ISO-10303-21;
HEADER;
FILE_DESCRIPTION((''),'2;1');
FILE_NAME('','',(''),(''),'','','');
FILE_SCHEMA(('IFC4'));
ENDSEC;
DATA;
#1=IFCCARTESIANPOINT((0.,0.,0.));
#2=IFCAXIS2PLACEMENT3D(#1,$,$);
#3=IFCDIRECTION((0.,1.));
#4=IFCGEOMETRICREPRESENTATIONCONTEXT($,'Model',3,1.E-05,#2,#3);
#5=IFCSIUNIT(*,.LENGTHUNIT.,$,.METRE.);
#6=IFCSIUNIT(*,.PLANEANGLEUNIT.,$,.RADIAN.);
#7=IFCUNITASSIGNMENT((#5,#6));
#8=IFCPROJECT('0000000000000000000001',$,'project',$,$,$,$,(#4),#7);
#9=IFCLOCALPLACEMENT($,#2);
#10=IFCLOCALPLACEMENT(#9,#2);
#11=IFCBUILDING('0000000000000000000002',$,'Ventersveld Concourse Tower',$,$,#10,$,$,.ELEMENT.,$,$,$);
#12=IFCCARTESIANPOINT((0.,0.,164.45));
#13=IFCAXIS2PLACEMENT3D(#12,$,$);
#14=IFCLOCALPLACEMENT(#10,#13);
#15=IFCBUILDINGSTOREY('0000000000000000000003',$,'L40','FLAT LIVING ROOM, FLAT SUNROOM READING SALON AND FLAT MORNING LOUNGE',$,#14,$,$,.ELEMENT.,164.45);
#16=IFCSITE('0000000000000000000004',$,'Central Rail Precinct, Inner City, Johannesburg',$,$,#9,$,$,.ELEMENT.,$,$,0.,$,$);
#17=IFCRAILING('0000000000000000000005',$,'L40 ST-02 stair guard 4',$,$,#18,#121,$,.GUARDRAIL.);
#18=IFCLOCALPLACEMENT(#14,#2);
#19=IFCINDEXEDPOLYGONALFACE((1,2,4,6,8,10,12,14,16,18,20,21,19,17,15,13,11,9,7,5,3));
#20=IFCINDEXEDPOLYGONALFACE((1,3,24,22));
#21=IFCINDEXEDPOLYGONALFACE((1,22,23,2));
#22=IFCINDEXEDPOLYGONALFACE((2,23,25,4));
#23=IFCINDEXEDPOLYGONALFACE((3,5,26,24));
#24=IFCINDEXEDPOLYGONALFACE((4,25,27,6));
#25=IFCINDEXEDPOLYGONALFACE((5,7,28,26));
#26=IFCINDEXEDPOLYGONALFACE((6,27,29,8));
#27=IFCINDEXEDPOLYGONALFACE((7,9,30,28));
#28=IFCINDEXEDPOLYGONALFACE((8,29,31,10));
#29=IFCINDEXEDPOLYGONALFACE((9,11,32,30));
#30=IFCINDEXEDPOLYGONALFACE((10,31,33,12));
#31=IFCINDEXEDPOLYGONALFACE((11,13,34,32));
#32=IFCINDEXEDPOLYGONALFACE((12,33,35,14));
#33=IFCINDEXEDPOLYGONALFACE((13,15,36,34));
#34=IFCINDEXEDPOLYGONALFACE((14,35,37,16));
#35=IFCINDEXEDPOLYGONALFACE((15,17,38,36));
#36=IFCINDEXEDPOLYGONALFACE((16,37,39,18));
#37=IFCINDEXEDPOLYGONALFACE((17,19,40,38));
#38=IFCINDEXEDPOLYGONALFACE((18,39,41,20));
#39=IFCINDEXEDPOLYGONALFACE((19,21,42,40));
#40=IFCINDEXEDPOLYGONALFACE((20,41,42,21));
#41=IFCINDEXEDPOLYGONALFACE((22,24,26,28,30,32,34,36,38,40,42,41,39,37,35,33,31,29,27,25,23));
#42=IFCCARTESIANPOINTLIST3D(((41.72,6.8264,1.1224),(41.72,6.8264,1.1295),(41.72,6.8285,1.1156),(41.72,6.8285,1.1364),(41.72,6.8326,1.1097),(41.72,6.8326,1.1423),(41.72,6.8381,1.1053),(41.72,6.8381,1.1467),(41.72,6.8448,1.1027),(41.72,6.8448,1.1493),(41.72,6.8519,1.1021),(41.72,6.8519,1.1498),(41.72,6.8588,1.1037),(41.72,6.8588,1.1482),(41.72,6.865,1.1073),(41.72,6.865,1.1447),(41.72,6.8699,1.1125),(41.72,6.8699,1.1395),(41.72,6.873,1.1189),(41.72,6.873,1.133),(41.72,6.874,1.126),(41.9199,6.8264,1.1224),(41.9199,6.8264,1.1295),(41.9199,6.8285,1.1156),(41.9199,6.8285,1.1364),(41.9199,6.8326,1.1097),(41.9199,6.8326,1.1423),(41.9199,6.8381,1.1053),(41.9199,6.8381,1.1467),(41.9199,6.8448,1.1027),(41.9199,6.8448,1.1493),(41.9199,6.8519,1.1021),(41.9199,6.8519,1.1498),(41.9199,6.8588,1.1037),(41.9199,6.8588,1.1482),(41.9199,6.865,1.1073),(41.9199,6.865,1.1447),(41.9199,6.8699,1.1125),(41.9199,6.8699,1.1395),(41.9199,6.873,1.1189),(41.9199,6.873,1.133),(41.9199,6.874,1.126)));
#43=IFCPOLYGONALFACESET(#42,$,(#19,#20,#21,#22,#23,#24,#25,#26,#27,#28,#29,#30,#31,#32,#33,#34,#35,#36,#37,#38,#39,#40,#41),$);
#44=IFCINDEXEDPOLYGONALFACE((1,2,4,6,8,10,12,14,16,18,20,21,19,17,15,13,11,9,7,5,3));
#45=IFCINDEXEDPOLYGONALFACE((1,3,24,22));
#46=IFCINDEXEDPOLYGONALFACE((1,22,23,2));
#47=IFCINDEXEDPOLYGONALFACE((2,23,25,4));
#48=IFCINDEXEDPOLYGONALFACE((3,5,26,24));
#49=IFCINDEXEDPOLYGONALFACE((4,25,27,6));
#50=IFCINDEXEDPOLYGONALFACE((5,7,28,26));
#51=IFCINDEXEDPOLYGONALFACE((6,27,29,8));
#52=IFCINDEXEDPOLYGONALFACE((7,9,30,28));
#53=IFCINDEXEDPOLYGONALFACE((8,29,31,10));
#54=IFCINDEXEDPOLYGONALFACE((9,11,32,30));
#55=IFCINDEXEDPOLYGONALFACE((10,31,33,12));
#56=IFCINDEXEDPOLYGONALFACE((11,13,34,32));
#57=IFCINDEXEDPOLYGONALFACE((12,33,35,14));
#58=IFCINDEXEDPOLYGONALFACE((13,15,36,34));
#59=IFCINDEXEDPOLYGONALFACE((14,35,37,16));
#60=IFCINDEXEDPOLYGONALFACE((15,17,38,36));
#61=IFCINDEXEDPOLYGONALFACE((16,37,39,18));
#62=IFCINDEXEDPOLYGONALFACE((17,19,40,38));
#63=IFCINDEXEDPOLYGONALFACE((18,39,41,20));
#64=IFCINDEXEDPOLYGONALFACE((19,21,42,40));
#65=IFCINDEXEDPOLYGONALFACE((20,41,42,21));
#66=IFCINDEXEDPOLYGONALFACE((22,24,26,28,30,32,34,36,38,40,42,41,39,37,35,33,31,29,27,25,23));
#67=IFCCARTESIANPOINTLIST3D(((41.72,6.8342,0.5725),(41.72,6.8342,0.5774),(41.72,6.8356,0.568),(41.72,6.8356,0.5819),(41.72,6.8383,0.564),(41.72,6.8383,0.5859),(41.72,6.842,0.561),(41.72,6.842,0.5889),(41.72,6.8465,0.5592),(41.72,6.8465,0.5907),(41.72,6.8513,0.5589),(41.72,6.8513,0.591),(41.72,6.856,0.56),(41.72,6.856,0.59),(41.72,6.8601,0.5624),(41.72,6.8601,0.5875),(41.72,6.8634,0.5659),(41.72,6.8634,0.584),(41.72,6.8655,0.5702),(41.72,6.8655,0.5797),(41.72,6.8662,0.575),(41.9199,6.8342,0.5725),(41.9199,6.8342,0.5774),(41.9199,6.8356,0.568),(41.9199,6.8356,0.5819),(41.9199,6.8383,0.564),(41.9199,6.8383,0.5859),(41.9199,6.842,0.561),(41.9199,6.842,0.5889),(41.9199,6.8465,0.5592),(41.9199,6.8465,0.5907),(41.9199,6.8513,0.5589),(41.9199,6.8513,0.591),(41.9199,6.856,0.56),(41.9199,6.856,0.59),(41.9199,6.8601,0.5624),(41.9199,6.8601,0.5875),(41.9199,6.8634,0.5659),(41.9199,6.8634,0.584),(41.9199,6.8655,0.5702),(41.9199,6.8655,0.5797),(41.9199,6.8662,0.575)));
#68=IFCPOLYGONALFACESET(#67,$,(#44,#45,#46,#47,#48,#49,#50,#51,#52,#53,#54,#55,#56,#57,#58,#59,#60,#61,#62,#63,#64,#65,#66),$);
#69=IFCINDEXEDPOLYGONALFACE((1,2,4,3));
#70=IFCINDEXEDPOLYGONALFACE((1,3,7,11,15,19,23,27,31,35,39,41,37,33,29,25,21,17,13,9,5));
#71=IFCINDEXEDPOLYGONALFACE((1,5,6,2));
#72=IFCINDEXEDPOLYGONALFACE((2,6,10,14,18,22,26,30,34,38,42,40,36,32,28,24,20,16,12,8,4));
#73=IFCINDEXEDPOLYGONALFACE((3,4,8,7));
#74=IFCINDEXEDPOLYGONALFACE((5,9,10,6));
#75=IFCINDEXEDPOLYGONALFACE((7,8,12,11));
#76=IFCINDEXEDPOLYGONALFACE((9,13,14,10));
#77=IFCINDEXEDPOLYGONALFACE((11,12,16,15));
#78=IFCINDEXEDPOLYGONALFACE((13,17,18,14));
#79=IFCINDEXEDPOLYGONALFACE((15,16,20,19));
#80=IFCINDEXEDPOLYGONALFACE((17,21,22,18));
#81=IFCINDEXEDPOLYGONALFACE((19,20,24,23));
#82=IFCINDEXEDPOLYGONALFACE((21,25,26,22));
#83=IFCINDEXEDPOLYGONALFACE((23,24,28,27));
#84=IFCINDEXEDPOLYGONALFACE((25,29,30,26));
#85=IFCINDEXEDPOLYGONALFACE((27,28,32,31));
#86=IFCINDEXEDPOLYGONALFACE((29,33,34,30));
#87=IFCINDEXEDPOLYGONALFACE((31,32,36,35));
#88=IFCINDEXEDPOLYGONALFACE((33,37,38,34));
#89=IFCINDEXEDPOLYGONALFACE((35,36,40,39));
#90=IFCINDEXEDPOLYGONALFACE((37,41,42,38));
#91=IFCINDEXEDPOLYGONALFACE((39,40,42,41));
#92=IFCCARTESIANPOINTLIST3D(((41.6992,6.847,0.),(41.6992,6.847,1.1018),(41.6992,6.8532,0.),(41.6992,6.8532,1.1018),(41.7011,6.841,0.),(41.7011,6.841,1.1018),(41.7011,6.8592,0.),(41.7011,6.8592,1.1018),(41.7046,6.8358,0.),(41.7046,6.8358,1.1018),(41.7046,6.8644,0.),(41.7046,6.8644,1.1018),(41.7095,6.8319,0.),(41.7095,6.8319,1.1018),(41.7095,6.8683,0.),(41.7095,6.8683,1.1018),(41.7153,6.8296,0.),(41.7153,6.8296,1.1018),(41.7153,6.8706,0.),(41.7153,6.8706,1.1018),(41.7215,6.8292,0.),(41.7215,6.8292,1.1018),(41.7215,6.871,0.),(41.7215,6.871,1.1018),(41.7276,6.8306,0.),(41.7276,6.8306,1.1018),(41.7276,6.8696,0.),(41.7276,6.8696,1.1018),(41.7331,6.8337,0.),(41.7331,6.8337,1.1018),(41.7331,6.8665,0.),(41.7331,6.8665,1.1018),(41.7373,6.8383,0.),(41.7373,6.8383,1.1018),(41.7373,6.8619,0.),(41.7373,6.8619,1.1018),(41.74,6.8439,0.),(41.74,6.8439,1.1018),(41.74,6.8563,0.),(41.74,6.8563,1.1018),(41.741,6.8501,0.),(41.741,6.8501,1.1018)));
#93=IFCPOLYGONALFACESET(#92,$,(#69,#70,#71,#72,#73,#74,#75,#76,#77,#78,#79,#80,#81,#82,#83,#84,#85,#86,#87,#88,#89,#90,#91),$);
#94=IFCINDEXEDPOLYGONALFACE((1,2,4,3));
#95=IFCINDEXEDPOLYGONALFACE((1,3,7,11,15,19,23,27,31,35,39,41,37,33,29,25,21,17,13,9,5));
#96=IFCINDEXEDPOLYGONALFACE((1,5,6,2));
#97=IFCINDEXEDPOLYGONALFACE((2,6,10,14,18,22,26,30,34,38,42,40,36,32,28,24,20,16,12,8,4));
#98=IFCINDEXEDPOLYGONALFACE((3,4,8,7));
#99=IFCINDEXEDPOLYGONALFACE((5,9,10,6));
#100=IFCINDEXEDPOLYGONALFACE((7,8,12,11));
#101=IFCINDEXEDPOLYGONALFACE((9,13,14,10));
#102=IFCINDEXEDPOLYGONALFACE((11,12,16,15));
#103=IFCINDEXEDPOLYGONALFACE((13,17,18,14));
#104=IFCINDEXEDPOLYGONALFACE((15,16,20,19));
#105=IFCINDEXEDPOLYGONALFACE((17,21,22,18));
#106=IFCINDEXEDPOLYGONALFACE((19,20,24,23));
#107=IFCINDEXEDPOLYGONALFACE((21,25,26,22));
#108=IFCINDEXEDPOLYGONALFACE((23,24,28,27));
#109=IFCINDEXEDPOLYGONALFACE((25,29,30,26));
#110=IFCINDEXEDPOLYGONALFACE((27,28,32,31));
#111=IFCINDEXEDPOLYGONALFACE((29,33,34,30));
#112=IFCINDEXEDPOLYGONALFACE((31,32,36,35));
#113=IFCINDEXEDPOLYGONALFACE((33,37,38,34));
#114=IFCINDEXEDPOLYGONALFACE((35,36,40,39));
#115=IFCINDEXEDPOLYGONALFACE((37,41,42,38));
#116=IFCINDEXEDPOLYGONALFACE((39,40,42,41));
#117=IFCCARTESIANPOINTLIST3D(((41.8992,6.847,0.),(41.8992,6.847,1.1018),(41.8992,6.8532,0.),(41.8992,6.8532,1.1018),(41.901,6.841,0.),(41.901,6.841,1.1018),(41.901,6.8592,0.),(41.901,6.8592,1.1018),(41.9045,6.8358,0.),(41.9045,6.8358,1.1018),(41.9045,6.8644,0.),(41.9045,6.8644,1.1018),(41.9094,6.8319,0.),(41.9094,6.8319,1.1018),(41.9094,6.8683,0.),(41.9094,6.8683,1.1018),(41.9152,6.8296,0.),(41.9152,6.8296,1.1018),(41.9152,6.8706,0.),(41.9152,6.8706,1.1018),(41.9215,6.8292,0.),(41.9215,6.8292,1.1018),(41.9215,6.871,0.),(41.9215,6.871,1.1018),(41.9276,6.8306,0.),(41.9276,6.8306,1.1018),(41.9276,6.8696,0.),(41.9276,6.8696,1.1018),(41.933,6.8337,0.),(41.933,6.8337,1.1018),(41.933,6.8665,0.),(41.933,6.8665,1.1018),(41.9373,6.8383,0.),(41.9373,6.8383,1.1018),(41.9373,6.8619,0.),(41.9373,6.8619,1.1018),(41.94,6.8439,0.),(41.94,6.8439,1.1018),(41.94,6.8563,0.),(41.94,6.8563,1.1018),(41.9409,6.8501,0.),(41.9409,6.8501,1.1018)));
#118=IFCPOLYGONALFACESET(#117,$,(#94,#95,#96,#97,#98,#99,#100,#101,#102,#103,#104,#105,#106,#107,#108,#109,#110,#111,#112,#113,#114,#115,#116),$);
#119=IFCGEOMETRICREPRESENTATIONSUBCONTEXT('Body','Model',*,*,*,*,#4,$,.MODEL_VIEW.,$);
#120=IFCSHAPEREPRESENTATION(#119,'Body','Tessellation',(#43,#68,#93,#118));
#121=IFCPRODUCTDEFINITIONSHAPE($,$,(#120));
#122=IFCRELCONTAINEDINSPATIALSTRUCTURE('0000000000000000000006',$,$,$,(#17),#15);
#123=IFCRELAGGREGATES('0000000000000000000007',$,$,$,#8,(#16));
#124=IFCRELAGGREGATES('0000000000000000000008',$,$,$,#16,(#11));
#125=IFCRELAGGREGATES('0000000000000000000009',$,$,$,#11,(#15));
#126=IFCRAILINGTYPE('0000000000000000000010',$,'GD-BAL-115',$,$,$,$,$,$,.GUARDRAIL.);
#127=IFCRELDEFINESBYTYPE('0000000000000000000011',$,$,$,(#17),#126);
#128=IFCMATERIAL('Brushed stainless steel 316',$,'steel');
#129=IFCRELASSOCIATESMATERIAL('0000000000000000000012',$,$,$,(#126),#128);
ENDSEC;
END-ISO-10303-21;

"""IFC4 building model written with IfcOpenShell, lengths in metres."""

from ifc_helpers import new_model, si_unit, direction, frame, origin, origin_2d, place, context, subcontext, project, spatial, circle, extrude, material, type_object, element, save


model = new_model("IFC4")

# Units and contexts
model_context = context("Model", 3, precision=1e-05, world=origin(), true_north=direction((0.0, 1.0)))
body_context = subcontext(model_context, "Body", "Model", "MODEL_VIEW")
ifc_project = project(units=[si_unit("LENGTHUNIT", "METRE"), si_unit("PLANEANGLEUNIT", "RADIAN")], contexts=[model_context])

# Site, building, storey
site_placement = place(None, origin())
site = spatial("IfcSite", under=ifc_project, at=site_placement, Name="Central Rail Precinct, Inner City, Johannesburg", CompositionType="ELEMENT", RefElevation=0.0)
building_placement = place(site_placement, origin())
building = spatial("IfcBuilding", under=site, at=building_placement, Name="Ventersveld Concourse Tower", CompositionType="ELEMENT")
storey_placement = place(building_placement, frame((0.0, 0.0, 164.45)))
storey = spatial("IfcBuildingStorey", under=building, at=storey_placement, Name="L40", Description="FLAT LIVING ROOM, FLAT SUNROOM READING SALON AND FLAT MORNING LOUNGE", CompositionType="ELEMENT", Elevation=164.45)

# Railing
ifc_material_1 = material(Name="Brushed stainless steel 316", Category="steel")
railing_type_1 = type_object("IfcRailingType", Name="GD-BAL-115", PredefinedType="GUARDRAIL", material=ifc_material_1)
railing_1_placement = place(storey_placement, frame((41.72, 6.8501, 0.0)))
element("IfcRailing", 1, at=railing_1_placement, inside=storey, type_object=railing_type_1, Name="L40 ST-02 stair guard 4", PredefinedType="GUARDRAIL", context=body_context, shape_type="SweptSolid", body=[
    extrude(circle(Radius=0.0239, at=origin_2d()), frame((0.0, 0.0, 1.126), z_axis=(1.0, 0.0, 0.0), x_axis=(0.0, 1.0, 0.0)), (0.0, 0.0, 1.0), 0.2),
    extrude(circle(Radius=0.0161, at=origin_2d()), frame((0.0, 0.0, 0.575), z_axis=(1.0, 0.0, 0.0), x_axis=(0.0, 1.0, 0.0)), (0.0, 0.0, 1.0), 0.2),
    extrude(circle(Radius=0.021, at=origin_2d()), origin(), (0.0, 0.0, 1.0), 1.1018),
    extrude(circle(Radius=0.021, at=origin_2d()), frame((0.2, 0.0, 0.0)), (0.0, 0.0, 1.0), 1.1018),
])

save(model, "model.ifc")
